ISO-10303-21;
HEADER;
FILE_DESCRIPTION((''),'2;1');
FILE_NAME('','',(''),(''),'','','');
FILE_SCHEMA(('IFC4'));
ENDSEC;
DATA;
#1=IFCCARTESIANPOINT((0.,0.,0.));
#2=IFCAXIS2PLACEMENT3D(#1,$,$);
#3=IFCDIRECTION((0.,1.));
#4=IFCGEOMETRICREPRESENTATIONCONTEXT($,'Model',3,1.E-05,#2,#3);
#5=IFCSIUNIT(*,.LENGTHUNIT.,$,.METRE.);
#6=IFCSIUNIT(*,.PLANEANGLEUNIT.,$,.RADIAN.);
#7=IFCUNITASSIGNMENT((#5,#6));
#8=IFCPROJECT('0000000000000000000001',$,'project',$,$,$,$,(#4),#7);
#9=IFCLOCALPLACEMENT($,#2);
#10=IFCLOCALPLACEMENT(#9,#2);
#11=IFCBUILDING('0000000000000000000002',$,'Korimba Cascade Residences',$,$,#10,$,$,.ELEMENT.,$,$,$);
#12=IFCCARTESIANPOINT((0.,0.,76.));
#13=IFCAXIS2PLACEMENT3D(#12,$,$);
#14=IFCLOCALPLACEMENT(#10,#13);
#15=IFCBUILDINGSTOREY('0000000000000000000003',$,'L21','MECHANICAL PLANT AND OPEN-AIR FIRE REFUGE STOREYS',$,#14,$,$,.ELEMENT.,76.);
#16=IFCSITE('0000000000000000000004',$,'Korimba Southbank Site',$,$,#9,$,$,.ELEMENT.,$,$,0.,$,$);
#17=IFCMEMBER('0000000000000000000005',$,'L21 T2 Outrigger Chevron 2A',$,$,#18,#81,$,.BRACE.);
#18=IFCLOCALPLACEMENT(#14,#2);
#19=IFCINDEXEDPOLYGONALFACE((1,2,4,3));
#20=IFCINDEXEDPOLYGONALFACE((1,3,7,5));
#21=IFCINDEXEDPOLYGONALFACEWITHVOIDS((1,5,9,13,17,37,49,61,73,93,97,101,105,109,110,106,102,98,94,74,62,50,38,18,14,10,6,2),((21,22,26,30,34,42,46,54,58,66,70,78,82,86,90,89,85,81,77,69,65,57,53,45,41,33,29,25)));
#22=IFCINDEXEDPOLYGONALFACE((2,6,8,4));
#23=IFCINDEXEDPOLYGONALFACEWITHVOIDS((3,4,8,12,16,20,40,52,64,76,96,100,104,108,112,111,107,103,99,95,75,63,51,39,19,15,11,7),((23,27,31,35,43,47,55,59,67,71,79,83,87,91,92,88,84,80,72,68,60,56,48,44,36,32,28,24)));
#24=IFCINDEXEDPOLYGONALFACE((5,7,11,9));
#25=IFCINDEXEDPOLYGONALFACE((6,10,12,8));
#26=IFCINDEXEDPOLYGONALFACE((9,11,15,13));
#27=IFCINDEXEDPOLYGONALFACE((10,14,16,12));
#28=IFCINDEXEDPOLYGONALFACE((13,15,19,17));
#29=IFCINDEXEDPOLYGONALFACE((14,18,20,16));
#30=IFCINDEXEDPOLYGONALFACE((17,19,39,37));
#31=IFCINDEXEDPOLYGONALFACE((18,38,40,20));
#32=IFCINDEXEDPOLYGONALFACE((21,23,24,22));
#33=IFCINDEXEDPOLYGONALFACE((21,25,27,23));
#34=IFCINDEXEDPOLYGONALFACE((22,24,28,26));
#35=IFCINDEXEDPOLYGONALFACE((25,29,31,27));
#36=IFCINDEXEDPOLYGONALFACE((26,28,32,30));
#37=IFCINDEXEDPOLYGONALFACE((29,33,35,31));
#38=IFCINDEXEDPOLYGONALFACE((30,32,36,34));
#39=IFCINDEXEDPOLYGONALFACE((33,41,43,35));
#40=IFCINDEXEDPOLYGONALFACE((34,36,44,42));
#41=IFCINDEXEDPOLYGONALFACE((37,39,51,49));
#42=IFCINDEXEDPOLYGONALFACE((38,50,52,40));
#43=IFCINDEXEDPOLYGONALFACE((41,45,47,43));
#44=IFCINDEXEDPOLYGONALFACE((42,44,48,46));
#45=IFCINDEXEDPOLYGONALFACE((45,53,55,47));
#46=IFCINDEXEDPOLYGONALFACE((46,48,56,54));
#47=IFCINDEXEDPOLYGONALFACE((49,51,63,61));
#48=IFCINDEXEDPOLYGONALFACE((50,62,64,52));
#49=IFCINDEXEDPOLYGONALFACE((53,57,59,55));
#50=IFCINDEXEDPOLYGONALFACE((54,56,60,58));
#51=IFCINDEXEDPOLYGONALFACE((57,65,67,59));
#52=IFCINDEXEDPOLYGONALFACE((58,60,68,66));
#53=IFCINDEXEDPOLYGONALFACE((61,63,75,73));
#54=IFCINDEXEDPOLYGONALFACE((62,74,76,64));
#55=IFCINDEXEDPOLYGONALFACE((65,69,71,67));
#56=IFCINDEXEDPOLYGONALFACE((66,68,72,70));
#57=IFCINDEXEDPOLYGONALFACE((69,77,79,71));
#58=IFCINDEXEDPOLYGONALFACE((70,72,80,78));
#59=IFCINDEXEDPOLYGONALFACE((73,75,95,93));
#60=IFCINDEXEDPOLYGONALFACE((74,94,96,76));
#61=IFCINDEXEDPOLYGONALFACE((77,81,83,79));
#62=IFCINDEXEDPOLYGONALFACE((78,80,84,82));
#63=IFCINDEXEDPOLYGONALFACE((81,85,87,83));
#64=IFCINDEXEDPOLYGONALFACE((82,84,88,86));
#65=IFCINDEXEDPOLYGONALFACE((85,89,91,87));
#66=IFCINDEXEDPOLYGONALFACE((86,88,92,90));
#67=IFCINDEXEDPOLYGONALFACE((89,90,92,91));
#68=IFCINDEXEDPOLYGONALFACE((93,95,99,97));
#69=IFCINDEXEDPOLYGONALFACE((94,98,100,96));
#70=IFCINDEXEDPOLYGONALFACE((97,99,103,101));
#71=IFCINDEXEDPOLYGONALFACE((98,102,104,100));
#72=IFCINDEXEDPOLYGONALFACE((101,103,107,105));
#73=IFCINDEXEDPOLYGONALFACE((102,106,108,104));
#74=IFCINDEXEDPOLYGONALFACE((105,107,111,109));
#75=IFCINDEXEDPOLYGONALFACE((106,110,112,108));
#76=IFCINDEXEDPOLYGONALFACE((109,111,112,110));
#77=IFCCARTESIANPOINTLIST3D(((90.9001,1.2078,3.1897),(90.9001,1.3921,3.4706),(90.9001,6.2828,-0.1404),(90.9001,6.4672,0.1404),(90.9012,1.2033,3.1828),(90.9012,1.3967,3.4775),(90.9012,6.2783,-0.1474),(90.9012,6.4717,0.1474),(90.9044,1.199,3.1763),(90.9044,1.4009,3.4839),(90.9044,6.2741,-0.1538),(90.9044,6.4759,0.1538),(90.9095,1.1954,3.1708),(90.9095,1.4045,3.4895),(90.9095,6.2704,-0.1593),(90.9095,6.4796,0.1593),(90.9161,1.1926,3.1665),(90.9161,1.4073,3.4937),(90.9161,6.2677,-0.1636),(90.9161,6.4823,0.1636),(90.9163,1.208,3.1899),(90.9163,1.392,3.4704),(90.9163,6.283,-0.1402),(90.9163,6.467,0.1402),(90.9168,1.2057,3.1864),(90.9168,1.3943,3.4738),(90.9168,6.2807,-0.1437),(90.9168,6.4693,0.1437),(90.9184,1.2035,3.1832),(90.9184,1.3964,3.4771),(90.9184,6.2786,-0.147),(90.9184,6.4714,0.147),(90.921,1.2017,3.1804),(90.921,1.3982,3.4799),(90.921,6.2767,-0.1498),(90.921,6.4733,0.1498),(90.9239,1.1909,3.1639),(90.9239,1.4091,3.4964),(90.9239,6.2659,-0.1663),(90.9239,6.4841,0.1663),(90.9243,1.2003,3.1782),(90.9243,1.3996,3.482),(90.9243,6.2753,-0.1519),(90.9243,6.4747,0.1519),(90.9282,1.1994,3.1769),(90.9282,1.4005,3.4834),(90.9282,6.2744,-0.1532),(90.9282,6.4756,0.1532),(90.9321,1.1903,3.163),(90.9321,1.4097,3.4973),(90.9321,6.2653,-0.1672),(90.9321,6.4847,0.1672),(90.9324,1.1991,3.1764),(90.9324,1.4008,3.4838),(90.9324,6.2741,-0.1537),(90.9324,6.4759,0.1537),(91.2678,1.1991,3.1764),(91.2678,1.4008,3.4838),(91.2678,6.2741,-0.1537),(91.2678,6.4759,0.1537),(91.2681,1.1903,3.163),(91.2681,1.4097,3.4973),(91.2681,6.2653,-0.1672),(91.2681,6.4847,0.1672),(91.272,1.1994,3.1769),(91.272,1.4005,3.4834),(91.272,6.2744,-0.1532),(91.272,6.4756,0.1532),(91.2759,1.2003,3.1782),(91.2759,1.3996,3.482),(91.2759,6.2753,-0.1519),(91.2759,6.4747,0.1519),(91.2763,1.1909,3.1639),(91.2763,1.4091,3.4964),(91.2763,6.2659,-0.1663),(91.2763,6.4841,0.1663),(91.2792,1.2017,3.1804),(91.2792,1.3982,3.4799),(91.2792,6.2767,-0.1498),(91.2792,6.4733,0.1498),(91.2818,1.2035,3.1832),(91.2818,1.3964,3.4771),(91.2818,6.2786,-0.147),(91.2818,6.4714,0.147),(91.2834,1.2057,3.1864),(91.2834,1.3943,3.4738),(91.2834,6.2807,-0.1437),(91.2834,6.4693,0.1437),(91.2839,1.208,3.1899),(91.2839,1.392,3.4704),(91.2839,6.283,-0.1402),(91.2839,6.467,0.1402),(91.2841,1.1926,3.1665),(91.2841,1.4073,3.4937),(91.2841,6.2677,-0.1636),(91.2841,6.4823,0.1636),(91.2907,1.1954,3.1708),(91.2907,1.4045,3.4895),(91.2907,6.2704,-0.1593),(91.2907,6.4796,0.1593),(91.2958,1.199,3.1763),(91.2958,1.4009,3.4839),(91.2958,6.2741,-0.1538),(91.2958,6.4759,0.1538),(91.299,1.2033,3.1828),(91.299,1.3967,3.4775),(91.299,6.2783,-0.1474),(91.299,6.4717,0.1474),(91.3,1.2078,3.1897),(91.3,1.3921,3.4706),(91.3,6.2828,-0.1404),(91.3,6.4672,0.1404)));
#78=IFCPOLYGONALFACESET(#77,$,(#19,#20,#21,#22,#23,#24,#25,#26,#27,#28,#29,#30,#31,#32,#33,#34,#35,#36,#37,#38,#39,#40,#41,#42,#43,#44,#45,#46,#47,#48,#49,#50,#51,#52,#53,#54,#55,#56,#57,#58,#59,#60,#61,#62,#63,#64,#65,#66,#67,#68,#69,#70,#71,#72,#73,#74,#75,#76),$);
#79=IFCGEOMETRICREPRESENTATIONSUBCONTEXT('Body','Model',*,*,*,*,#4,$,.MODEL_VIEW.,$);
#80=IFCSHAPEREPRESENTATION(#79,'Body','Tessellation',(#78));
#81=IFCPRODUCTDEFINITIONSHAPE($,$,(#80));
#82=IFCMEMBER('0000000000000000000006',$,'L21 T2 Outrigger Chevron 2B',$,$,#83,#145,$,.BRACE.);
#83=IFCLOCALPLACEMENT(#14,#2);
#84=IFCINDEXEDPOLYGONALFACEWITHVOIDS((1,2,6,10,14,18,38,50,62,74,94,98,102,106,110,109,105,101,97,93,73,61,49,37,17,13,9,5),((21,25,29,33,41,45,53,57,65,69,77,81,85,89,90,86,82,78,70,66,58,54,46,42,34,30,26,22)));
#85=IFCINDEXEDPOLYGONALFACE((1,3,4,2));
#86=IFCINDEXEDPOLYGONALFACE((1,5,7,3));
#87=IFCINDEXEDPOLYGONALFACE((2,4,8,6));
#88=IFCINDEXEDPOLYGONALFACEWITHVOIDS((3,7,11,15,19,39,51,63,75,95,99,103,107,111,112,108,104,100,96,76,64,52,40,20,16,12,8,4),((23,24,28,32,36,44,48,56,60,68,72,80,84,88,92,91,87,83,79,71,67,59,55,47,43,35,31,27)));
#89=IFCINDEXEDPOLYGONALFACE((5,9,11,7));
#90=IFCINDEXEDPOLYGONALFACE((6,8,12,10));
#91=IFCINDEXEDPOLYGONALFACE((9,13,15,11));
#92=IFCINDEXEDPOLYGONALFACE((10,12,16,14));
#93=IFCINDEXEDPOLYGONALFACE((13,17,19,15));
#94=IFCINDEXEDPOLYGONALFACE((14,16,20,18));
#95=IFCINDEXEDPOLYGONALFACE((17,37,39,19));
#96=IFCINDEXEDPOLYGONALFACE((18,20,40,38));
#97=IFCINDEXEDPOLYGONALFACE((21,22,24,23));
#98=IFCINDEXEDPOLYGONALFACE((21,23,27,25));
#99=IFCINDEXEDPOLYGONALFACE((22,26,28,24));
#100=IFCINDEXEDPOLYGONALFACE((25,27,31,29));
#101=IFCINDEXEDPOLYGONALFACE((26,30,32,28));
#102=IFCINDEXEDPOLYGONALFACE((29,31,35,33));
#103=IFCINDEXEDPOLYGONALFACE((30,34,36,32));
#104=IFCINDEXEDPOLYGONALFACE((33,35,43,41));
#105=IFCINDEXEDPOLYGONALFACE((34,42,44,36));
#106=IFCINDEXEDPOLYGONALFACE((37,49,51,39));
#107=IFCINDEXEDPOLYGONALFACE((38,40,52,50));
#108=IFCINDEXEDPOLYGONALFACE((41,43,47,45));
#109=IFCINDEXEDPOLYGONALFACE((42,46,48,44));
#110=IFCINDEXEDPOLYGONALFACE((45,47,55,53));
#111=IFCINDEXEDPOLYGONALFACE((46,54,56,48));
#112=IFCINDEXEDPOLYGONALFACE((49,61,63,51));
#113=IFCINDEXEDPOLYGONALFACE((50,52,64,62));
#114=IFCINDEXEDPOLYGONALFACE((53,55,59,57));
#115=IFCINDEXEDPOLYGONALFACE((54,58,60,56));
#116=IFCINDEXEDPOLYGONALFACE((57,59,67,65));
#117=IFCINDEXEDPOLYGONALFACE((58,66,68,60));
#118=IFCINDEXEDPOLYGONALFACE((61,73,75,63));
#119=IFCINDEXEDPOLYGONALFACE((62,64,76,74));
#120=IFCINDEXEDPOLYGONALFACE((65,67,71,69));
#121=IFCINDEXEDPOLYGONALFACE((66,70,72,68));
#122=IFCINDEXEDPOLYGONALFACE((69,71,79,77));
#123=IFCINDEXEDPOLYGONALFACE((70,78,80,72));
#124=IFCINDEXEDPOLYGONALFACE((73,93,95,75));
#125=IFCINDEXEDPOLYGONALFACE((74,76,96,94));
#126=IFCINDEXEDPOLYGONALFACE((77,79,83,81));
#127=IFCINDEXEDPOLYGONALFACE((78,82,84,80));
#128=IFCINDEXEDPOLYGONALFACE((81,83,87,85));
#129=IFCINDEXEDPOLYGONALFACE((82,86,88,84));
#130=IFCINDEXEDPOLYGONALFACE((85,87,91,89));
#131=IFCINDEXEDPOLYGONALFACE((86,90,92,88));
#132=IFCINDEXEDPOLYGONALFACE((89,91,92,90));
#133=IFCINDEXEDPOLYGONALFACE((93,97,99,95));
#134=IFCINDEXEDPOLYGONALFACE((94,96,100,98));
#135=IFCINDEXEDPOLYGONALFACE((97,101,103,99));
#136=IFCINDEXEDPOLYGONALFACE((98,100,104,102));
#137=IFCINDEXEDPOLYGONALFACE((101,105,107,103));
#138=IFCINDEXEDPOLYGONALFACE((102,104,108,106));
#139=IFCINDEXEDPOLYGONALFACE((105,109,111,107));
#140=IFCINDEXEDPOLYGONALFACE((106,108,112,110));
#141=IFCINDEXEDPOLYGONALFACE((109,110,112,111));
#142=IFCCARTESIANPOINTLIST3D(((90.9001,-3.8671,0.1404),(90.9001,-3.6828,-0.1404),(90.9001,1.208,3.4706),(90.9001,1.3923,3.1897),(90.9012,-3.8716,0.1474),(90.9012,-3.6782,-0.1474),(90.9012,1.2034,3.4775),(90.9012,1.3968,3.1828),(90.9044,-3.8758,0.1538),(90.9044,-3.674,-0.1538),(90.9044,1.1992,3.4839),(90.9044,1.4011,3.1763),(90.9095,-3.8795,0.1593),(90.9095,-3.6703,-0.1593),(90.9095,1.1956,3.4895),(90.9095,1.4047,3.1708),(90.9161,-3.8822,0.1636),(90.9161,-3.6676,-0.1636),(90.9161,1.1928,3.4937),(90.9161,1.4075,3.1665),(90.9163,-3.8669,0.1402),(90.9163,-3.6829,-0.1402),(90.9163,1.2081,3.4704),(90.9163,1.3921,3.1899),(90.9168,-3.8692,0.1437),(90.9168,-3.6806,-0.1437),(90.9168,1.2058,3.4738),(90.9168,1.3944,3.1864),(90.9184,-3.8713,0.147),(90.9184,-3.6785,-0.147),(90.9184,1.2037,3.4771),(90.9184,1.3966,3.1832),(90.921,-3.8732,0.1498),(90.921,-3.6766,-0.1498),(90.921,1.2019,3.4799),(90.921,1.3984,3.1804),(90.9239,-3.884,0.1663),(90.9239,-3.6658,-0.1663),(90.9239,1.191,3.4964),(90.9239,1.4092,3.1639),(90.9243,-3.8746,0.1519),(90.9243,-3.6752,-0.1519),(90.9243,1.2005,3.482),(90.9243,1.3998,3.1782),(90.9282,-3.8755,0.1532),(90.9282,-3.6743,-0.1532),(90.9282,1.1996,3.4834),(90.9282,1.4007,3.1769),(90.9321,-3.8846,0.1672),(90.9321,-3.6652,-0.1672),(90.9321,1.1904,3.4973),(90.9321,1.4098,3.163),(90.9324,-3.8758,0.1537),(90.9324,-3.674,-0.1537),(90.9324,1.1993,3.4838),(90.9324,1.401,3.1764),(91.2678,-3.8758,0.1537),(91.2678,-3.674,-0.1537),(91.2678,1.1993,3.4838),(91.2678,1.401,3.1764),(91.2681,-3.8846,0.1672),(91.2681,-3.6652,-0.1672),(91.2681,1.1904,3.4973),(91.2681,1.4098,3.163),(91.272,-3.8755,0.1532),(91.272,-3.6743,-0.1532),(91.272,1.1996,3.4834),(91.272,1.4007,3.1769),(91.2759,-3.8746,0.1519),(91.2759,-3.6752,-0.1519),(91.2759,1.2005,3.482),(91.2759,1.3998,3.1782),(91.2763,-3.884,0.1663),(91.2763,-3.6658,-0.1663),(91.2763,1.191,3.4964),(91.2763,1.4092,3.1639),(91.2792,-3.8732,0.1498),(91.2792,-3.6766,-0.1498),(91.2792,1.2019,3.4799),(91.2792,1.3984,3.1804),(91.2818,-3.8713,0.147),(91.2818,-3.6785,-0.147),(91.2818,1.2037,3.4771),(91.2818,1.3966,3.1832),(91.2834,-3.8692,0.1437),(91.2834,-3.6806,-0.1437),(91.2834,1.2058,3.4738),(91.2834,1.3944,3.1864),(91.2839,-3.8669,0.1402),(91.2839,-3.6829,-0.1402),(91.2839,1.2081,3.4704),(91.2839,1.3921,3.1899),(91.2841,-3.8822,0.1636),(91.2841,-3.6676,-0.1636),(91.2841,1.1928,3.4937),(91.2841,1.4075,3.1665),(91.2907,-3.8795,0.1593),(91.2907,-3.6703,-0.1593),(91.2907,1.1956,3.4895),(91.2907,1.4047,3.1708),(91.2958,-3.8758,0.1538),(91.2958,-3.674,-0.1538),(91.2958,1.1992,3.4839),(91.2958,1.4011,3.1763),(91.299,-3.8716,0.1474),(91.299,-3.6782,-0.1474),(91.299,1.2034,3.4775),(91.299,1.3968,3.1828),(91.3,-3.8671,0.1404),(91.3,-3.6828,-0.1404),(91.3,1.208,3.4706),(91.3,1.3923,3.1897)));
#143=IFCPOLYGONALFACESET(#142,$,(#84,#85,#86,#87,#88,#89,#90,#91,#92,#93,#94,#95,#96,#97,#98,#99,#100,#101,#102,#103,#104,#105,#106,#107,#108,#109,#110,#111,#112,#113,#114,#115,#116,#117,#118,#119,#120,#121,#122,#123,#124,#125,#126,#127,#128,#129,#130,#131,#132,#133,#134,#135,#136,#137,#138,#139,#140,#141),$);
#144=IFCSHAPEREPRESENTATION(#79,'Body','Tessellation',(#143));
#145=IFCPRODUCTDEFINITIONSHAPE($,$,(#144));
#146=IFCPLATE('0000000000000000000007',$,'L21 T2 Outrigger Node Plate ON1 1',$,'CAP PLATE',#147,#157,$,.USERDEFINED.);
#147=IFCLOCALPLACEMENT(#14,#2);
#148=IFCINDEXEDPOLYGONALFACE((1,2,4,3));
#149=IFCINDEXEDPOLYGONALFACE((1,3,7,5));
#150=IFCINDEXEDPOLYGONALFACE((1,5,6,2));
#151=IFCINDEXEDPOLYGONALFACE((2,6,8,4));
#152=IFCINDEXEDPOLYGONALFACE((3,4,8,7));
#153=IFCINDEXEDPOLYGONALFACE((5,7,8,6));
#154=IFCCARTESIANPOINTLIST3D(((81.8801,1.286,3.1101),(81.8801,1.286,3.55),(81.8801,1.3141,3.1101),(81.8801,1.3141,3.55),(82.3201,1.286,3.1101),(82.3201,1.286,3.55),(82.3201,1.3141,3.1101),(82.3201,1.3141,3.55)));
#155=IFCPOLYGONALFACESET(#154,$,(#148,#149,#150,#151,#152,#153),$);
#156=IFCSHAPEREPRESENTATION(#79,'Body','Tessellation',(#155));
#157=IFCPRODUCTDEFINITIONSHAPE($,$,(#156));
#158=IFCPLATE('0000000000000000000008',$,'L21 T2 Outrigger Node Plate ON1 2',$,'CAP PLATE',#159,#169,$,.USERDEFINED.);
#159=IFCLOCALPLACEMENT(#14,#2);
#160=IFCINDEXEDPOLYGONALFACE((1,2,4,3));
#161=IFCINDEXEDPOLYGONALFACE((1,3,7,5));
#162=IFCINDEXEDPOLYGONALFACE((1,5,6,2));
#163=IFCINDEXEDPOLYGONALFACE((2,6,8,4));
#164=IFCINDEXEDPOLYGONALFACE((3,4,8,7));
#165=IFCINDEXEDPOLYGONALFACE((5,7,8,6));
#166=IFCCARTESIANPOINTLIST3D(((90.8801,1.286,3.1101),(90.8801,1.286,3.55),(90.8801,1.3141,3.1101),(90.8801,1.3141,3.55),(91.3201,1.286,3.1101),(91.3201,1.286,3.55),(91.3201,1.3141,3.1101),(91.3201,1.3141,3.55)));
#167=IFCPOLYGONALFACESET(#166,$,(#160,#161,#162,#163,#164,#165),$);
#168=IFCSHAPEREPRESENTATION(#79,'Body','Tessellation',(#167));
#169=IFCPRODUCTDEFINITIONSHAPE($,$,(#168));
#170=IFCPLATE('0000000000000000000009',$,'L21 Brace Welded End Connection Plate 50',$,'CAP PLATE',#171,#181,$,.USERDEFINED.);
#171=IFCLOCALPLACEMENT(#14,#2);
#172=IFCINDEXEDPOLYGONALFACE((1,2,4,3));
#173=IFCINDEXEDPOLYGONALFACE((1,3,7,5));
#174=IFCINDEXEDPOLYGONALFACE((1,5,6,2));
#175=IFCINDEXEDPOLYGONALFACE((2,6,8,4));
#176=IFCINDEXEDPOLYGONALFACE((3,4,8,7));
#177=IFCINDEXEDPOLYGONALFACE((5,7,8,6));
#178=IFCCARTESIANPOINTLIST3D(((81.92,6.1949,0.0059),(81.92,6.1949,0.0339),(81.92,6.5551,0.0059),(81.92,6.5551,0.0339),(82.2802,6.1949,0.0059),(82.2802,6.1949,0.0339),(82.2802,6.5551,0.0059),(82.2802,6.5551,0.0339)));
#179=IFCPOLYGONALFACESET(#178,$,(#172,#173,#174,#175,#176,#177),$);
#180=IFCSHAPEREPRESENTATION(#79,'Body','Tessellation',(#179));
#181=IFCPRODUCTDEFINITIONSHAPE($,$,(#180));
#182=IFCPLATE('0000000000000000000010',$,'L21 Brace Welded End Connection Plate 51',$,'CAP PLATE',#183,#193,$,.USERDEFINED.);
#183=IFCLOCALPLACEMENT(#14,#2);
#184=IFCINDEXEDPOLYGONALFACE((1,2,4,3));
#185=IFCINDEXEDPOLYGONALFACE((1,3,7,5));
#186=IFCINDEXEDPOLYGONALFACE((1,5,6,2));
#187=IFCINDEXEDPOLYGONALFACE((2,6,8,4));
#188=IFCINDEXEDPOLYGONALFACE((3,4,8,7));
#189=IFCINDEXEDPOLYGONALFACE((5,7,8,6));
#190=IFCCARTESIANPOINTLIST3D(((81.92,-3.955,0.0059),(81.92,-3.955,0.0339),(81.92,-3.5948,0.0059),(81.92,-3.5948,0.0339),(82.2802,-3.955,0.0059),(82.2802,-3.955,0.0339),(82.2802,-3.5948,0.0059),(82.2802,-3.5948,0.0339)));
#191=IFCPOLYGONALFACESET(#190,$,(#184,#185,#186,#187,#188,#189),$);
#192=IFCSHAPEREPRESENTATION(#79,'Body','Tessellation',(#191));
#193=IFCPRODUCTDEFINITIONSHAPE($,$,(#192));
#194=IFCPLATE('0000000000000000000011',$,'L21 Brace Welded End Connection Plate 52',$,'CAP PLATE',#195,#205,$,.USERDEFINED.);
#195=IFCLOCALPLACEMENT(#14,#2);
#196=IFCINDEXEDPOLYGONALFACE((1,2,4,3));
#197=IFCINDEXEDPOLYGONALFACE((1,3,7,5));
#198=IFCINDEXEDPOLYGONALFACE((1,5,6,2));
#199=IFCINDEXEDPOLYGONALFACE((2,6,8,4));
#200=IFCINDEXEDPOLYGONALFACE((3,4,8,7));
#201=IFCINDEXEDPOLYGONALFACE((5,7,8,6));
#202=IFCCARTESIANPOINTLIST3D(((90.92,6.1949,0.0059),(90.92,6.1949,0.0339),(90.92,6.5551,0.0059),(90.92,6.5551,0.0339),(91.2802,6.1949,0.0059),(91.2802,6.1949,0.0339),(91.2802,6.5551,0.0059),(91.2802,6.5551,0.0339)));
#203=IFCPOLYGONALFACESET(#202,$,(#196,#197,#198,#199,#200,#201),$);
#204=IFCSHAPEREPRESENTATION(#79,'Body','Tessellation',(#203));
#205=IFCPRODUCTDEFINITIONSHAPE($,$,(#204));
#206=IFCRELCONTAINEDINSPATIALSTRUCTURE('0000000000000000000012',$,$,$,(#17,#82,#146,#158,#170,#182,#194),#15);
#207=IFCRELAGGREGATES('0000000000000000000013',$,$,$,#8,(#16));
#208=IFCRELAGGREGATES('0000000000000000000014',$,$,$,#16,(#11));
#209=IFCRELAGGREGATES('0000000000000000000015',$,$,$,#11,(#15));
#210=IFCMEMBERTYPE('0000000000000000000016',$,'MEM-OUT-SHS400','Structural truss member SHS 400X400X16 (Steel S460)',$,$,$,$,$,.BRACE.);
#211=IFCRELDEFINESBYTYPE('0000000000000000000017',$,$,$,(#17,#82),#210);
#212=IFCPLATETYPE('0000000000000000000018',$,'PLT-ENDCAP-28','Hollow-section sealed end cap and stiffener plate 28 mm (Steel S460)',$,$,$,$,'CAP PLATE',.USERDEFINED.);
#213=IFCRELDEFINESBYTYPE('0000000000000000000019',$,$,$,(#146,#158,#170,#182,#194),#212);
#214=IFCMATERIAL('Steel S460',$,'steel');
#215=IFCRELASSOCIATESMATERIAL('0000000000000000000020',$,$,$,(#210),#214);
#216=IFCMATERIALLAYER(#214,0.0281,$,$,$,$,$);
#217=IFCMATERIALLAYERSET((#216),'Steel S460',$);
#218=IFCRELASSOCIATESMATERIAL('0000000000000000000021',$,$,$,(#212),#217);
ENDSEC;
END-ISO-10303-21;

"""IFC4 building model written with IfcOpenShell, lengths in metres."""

from ifc_helpers import new_model, si_unit, direction, frame, origin, origin_2d, place, context, subcontext, project, spatial, rectangle, hollow_rectangle, extrude, material, layer, layer_set, material_profile, profile_set, type_object, element, save


model = new_model("IFC4")

# Units and contexts
model_context = context("Model", 3, precision=1e-05, world=origin(), true_north=direction((0.0, 1.0)))
body_context = subcontext(model_context, "Body", "Model", "MODEL_VIEW")
ifc_project = project(units=[si_unit("LENGTHUNIT", "METRE"), si_unit("PLANEANGLEUNIT", "RADIAN")], contexts=[model_context])

# Site, building, storey
site_placement = place(None, origin())
site = spatial("IfcSite", under=ifc_project, at=site_placement, Name="Korimba Southbank Site", CompositionType="ELEMENT", RefElevation=0.0)
building_placement = place(site_placement, origin())
building = spatial("IfcBuilding", under=site, at=building_placement, Name="Korimba Cascade Residences", CompositionType="ELEMENT")
storey_placement = place(building_placement, frame((0.0, 0.0, 76.0)))
storey = spatial("IfcBuildingStorey", under=building, at=storey_placement, Name="L21", Description="MECHANICAL PLANT AND OPEN-AIR FIRE REFUGE STOREYS", CompositionType="ELEMENT", Elevation=76.0)

# Members
ifc_material_1 = material(Name="Steel S460", Category="steel")
ifc_material_profile_1 = material_profile(ifc_material_1, hollow_rectangle(XDim=0.3999, YDim=0.3999, WallThickness=0.0161, InnerFilletRadius=0.0161, OuterFilletRadius=0.032, at=origin_2d()), Name="Steel S460")
ifc_profile_set_1 = profile_set([ifc_material_profile_1], Name="Steel S460")
member_type = type_object("IfcMemberType", Name="MEM-OUT-SHS400", Description="Structural truss member SHS 400X400X16 (Steel S460)", PredefinedType="BRACE", material=ifc_profile_set_1)
for number, where, z_axis, x_axis, name in (
    (1, (91.1001, 6.375, 0.0), (0.0, -0.836075, 0.548615), (1.0, 0.0, 0.0), "L21 T2 Outrigger Chevron 2A"),
    (2, (91.1001, -3.7749, 0.0), (0.0, 0.836075, 0.548615), (-1.0, 0.0, 0.0), "L21 T2 Outrigger Chevron 2B"),
):
    element("IfcMember", number, at=place(storey_placement, frame(where, z_axis=z_axis, x_axis=x_axis)), inside=storey, type_object=member_type, Name=name, PredefinedType="BRACE", context=body_context, shape_type="SweptSolid", body=[
        extrude(hollow_rectangle(XDim=0.3999, YDim=0.3999, WallThickness=0.0161, InnerFilletRadius=0.0161, OuterFilletRadius=0.032, at=origin_2d()), origin(), (0.0, 0.0, 1.0), 6.0701),
    ])

# Plates
ifc_layer_1 = layer(ifc_material_1, 0.0281)
ifc_layer_set_1 = layer_set([ifc_layer_1], Name="Steel S460")
plate_type = type_object("IfcPlateType", Name="PLT-ENDCAP-28", Description="Hollow-section sealed end cap and stiffener plate 28 mm (Steel S460)", ElementType="CAP PLATE", PredefinedType="USERDEFINED", material=ifc_layer_set_1)
for number, where, z_axis, x_axis, name in (
    (3, (82.1001, 1.3, 3.1101), (0.0, 0.0, 1.0), (1.0, 0.0, 0.0), "L21 T2 Outrigger Node Plate ON1 1"),
    (4, (91.1001, 1.3, 3.1101), (0.0, 0.0, 1.0), (1.0, 0.0, 0.0), "L21 T2 Outrigger Node Plate ON1 2"),
):
    element("IfcPlate", number, at=place(storey_placement, frame(where, z_axis=z_axis, x_axis=x_axis)), inside=storey, type_object=plate_type, Name=name, ObjectType="CAP PLATE", PredefinedType="USERDEFINED", context=body_context, shape_type="SweptSolid", body=[
        extrude(rectangle(XDim=0.4399, YDim=0.0281, at=origin_2d()), origin(), (0.0, 0.0, 1.0), 0.4399),
    ])
for number, where, z_axis, x_axis, name in (
    (5, (82.1001, 6.375, 0.0059), (0.0, 0.0, 1.0), (1.0, 0.0, 0.0), "L21 Brace Welded End Connection Plate 50"),
    (6, (82.1001, -3.7749, 0.0059), (0.0, 0.0, 1.0), (1.0, 0.0, 0.0), "L21 Brace Welded End Connection Plate 51"),
    (7, (91.1001, 6.375, 0.0059), (0.0, 0.0, 1.0), (1.0, 0.0, 0.0), "L21 Brace Welded End Connection Plate 52"),
):
    element("IfcPlate", number, at=place(storey_placement, frame(where, z_axis=z_axis, x_axis=x_axis)), inside=storey, type_object=plate_type, Name=name, ObjectType="CAP PLATE", PredefinedType="USERDEFINED", context=body_context, shape_type="SweptSolid", body=[
        extrude(rectangle(XDim=0.3601, YDim=0.3601, at=origin_2d()), origin(), (0.0, 0.0, 1.0), 0.0281),
    ])

save(model, "model.ifc")
